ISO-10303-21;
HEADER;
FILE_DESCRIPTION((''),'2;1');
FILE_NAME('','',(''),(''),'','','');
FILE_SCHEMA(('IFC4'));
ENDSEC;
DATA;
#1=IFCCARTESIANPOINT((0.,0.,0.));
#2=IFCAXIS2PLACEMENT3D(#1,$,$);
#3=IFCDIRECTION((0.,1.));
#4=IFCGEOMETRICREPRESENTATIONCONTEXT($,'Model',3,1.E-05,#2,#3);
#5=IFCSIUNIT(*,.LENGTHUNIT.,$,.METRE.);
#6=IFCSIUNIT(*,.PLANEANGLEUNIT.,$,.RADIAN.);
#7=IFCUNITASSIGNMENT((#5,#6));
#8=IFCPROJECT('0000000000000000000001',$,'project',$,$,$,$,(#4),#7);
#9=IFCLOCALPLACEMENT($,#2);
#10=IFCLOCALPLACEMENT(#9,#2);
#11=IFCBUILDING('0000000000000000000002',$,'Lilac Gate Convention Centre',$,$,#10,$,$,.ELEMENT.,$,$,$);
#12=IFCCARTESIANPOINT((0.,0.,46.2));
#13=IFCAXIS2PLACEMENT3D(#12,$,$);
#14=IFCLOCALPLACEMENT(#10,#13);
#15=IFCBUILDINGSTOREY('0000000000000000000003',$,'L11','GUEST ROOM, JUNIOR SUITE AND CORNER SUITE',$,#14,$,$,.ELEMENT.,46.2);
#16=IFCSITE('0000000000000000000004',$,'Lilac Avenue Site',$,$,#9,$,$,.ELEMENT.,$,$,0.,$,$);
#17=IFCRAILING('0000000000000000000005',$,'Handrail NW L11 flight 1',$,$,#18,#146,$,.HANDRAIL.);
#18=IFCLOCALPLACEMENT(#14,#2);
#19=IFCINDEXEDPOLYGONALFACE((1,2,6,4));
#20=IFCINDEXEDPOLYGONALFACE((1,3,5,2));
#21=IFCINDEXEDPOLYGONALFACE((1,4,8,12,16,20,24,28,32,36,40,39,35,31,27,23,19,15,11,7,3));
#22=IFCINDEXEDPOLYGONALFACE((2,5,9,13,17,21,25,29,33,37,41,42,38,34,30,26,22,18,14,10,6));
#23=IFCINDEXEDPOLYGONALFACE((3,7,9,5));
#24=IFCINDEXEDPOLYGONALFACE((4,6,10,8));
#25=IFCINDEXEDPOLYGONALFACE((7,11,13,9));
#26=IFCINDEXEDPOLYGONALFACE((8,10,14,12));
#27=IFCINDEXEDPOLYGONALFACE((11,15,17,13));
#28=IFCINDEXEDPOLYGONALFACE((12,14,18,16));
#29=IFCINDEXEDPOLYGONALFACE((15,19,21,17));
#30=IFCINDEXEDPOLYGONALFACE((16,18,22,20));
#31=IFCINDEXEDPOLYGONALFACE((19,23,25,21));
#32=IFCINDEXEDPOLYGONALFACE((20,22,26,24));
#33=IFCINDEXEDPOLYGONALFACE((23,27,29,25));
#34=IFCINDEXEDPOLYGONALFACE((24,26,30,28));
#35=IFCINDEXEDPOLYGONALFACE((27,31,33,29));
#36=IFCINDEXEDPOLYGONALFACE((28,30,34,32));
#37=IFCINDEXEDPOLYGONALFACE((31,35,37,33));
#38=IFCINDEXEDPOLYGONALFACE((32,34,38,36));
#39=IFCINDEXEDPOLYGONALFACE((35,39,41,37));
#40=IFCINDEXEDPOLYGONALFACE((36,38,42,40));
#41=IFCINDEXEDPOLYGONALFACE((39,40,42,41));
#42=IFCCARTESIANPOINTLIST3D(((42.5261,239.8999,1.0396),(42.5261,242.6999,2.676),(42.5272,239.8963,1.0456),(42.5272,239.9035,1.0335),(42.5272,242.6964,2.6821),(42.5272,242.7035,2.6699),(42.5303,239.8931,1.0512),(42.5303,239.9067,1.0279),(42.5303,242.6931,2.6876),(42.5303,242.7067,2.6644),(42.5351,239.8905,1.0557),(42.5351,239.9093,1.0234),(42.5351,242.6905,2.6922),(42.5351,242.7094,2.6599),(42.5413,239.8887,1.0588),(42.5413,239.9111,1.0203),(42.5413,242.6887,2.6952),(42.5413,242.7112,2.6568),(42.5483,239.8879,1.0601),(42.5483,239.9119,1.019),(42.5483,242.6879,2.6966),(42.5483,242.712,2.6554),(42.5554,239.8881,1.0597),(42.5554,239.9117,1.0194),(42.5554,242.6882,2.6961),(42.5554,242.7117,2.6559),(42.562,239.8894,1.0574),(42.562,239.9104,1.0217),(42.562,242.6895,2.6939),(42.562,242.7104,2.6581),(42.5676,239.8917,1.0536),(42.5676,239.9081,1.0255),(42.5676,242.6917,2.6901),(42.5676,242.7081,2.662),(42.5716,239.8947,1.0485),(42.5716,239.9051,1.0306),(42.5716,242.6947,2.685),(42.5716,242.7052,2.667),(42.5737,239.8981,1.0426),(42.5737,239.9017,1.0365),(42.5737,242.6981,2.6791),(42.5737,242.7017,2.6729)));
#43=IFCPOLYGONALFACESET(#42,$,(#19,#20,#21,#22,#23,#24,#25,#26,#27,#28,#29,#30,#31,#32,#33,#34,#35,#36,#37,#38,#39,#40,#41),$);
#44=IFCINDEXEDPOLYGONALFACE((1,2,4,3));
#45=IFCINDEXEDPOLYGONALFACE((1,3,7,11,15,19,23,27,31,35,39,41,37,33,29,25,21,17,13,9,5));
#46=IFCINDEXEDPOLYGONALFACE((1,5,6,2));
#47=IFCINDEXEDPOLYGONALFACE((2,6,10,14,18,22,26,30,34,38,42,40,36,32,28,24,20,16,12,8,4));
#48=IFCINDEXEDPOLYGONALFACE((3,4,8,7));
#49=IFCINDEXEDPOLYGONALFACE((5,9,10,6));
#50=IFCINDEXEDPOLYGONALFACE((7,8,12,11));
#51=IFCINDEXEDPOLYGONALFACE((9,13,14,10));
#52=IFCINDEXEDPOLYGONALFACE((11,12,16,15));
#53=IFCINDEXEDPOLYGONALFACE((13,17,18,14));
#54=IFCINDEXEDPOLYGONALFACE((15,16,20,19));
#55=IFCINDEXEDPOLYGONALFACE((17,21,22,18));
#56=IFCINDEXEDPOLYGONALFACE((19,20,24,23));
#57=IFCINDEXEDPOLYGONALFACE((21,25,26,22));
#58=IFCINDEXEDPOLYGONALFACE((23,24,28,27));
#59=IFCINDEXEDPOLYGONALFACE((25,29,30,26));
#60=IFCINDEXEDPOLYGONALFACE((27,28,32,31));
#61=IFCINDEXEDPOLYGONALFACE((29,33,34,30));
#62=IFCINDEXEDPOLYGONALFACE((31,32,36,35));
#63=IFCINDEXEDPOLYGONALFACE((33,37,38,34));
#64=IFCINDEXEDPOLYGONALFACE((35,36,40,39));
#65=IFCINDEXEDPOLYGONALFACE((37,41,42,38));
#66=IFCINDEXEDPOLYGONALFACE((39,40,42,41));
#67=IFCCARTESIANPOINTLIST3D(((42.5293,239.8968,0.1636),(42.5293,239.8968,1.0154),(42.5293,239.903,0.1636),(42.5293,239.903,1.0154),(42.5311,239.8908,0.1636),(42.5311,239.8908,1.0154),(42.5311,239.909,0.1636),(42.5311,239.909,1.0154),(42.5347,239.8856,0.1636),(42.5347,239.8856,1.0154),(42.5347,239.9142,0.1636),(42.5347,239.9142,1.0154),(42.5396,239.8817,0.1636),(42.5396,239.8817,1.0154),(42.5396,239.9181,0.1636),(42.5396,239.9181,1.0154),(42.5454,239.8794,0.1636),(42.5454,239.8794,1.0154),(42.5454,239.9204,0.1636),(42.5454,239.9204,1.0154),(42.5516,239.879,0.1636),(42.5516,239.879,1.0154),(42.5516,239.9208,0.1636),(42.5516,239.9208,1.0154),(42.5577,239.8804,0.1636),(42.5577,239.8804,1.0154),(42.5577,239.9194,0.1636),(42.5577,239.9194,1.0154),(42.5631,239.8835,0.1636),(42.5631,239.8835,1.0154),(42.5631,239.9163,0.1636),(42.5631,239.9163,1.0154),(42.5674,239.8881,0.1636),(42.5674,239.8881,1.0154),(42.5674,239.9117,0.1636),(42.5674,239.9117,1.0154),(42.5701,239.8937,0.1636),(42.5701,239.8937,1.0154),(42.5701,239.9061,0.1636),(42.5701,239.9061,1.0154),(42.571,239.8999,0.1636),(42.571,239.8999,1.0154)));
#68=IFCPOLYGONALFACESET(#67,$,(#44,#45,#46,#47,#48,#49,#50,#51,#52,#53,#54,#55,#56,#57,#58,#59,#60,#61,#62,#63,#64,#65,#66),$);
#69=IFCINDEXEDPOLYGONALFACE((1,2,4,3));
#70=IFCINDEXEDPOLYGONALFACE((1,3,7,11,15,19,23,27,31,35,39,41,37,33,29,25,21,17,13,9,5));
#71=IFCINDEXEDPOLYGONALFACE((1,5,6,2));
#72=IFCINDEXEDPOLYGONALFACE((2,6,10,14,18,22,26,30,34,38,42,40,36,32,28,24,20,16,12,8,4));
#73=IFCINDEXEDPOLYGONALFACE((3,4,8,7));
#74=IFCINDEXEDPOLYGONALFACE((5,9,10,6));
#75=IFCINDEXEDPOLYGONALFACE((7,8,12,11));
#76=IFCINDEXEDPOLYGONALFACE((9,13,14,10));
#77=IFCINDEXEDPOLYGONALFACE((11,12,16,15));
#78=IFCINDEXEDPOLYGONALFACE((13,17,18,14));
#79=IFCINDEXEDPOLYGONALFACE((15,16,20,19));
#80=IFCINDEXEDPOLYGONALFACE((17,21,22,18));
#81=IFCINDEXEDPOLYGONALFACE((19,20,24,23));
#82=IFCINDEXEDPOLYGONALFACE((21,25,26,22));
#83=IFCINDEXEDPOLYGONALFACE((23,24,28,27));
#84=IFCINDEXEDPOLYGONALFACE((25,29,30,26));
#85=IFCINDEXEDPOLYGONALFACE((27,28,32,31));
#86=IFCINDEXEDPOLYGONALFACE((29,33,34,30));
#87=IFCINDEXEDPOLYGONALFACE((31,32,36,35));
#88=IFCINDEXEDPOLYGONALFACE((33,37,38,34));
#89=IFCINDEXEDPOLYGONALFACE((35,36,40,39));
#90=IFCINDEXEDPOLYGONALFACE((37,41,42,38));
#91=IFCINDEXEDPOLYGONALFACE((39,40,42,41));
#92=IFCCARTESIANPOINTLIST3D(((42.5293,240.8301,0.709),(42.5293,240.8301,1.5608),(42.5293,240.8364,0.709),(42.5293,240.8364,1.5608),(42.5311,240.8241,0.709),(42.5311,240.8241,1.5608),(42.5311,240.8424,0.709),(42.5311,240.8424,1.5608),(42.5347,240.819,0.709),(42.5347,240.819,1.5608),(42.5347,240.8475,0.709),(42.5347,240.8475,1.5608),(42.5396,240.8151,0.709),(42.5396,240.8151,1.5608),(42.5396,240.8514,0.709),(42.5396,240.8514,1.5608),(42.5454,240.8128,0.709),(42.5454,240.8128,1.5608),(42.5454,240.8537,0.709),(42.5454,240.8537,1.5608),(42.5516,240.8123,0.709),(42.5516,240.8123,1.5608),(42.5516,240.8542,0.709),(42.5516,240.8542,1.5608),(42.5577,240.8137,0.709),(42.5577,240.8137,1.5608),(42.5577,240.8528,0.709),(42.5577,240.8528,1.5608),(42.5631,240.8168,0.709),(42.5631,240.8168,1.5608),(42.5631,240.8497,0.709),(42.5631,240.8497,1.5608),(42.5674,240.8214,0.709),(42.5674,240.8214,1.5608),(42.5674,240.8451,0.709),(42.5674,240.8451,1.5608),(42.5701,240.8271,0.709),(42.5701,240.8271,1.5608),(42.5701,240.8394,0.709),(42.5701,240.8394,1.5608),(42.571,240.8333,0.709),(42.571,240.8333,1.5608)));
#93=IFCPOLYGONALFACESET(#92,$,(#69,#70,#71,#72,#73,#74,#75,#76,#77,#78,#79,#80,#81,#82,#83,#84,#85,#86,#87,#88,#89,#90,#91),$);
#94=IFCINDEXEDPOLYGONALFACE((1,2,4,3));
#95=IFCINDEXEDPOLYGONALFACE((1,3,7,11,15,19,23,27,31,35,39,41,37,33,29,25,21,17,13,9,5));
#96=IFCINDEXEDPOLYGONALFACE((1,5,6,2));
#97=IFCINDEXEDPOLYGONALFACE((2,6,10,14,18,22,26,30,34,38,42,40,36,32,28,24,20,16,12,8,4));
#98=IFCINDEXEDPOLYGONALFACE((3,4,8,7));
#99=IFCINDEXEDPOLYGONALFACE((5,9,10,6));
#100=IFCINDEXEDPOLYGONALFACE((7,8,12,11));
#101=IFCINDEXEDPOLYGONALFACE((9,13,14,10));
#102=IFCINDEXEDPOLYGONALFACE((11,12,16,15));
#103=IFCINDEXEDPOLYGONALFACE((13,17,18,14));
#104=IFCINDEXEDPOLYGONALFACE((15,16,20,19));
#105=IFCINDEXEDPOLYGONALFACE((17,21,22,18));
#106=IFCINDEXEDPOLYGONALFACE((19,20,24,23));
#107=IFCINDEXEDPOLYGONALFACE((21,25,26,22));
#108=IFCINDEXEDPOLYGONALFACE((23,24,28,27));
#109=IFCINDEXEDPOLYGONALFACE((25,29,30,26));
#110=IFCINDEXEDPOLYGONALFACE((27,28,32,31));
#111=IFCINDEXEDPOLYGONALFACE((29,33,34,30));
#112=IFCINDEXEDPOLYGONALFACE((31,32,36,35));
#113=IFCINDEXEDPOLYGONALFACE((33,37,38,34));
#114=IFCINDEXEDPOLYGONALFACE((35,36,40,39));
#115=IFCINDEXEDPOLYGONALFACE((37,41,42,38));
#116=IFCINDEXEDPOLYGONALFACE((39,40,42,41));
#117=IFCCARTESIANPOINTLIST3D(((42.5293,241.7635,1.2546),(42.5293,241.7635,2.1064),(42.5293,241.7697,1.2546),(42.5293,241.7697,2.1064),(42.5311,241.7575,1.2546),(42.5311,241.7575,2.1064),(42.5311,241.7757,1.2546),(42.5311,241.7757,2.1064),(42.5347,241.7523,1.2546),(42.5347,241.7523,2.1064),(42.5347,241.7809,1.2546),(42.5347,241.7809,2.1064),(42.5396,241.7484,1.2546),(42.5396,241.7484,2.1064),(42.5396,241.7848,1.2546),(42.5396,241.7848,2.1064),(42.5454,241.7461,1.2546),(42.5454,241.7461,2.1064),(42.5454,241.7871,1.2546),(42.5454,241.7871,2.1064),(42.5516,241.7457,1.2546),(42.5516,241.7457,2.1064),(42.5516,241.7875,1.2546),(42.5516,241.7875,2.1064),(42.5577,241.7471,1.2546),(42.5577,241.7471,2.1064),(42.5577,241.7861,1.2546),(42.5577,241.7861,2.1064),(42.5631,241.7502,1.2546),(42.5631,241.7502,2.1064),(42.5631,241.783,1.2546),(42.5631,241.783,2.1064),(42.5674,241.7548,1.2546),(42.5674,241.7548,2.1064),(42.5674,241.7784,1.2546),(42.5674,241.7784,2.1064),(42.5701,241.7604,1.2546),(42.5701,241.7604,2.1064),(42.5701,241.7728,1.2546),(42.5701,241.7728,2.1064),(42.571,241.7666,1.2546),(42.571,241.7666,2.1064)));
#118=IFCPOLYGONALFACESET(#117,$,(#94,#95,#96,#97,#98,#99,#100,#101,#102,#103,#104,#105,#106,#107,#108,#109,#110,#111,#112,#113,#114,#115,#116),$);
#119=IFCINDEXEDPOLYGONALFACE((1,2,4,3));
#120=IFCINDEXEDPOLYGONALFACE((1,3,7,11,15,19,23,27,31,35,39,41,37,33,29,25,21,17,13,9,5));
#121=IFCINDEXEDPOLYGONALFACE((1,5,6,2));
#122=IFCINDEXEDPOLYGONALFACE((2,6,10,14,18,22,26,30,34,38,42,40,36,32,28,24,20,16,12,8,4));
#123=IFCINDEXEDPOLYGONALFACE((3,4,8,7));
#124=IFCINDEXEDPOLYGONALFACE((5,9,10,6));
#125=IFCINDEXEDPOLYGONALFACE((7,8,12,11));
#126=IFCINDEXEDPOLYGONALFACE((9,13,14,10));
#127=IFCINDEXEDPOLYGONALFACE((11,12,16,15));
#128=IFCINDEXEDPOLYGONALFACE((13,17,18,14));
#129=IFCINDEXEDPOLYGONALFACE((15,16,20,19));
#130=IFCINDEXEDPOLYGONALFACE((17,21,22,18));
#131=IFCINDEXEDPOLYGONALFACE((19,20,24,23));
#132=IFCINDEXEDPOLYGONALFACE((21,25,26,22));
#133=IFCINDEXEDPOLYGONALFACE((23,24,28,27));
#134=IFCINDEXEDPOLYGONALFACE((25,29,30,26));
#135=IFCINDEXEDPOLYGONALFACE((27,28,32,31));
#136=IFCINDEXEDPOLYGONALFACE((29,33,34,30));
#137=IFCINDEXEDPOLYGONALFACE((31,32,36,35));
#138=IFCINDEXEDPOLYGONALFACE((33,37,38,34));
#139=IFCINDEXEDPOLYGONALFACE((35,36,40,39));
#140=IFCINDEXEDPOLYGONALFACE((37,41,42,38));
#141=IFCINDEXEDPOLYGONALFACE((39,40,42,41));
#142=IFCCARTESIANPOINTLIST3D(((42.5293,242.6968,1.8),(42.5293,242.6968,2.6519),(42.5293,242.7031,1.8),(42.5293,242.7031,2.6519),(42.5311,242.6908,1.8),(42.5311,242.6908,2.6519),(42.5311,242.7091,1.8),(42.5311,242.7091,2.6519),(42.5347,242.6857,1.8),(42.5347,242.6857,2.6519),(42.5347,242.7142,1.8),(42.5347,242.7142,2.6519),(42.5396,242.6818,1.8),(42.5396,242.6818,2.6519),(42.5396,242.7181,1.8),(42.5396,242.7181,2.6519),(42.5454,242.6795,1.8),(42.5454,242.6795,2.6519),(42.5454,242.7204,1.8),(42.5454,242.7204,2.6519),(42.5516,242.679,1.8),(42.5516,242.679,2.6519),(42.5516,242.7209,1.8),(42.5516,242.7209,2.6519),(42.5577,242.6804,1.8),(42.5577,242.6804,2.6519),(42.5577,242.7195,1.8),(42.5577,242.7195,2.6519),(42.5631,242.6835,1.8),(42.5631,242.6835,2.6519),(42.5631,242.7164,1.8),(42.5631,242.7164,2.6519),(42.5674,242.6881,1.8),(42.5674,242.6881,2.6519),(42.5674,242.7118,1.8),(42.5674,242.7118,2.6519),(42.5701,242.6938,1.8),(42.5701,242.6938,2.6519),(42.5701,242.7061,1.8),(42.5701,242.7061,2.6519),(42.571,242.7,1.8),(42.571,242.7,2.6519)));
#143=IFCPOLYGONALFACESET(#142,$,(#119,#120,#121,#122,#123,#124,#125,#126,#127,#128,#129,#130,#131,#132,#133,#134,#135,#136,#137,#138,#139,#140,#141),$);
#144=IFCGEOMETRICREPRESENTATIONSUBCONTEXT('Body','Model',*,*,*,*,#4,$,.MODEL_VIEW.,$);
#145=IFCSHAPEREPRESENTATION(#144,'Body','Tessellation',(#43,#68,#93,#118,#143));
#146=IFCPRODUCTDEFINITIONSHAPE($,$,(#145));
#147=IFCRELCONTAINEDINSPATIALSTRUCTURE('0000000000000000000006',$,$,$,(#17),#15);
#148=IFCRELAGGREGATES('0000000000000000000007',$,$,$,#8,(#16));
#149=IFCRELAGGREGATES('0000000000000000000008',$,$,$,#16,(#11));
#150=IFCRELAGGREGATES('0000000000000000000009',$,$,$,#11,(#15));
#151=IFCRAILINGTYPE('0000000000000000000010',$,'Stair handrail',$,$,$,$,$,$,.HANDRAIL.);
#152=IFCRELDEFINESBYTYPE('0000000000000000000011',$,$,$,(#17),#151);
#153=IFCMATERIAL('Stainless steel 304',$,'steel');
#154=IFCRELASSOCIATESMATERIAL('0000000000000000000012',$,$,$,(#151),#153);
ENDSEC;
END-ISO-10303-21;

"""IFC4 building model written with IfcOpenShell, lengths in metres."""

from ifc_helpers import new_model, si_unit, direction, frame, origin, origin_2d, place, context, subcontext, project, spatial, circle, extrude, material, type_object, element, save


model = new_model("IFC4")

# Units and contexts
model_context = context("Model", 3, precision=1e-05, world=origin(), true_north=direction((0.0, 1.0)))
body_context = subcontext(model_context, "Body", "Model", "MODEL_VIEW")
ifc_project = project(units=[si_unit("LENGTHUNIT", "METRE"), si_unit("PLANEANGLEUNIT", "RADIAN")], contexts=[model_context])

# Site, building, storey
site_placement = place(None, origin())
site = spatial("IfcSite", under=ifc_project, at=site_placement, Name="Lilac Avenue Site", CompositionType="ELEMENT", RefElevation=0.0)
building_placement = place(site_placement, origin())
building = spatial("IfcBuilding", under=site, at=building_placement, Name="Lilac Gate Convention Centre", CompositionType="ELEMENT")
storey_placement = place(building_placement, frame((0.0, 0.0, 46.2)))
storey = spatial("IfcBuildingStorey", under=building, at=storey_placement, Name="L11", Description="GUEST ROOM, JUNIOR SUITE AND CORNER SUITE", CompositionType="ELEMENT", Elevation=46.2)

# Railing
ifc_material_1 = material(Name="Stainless steel 304", Category="steel")
railing_type = type_object("IfcRailingType", Name="Stair handrail", PredefinedType="HANDRAIL", material=ifc_material_1)
for number, where, name in (
    (1, (42.55, 239.8999, 0.1636), "Handrail NW L11 flight 1"),
):
    element("IfcRailing", number, at=place(storey_placement, frame(where)), inside=storey, type_object=railing_type, Name=name, PredefinedType="HANDRAIL", context=body_context, shape_type="SweptSolid", body=[
        extrude(circle(Radius=0.0239, at=origin_2d()), frame((0.0, 0.0, 0.876), z_axis=(0.0, 0.863361, 0.504587), x_axis=(-1.0, 0.0, 0.0)), (0.0, 0.0, 1.0), 3.2432),
        extrude(circle(Radius=0.021, at=origin_2d()), origin(), (0.0, 0.0, 1.0), 0.8518),
        extrude(circle(Radius=0.021, at=origin_2d()), frame((0.0, 0.9333, 0.5454)), (0.0, 0.0, 1.0), 0.8518),
        extrude(circle(Radius=0.021, at=origin_2d()), frame((0.0, 1.8667, 1.0911)), (0.0, 0.0, 1.0), 0.8518),
        extrude(circle(Radius=0.021, at=origin_2d()), frame((0.0, 2.8, 1.6365)), (0.0, 0.0, 1.0), 0.8518),
    ])

save(model, "model.ifc")
